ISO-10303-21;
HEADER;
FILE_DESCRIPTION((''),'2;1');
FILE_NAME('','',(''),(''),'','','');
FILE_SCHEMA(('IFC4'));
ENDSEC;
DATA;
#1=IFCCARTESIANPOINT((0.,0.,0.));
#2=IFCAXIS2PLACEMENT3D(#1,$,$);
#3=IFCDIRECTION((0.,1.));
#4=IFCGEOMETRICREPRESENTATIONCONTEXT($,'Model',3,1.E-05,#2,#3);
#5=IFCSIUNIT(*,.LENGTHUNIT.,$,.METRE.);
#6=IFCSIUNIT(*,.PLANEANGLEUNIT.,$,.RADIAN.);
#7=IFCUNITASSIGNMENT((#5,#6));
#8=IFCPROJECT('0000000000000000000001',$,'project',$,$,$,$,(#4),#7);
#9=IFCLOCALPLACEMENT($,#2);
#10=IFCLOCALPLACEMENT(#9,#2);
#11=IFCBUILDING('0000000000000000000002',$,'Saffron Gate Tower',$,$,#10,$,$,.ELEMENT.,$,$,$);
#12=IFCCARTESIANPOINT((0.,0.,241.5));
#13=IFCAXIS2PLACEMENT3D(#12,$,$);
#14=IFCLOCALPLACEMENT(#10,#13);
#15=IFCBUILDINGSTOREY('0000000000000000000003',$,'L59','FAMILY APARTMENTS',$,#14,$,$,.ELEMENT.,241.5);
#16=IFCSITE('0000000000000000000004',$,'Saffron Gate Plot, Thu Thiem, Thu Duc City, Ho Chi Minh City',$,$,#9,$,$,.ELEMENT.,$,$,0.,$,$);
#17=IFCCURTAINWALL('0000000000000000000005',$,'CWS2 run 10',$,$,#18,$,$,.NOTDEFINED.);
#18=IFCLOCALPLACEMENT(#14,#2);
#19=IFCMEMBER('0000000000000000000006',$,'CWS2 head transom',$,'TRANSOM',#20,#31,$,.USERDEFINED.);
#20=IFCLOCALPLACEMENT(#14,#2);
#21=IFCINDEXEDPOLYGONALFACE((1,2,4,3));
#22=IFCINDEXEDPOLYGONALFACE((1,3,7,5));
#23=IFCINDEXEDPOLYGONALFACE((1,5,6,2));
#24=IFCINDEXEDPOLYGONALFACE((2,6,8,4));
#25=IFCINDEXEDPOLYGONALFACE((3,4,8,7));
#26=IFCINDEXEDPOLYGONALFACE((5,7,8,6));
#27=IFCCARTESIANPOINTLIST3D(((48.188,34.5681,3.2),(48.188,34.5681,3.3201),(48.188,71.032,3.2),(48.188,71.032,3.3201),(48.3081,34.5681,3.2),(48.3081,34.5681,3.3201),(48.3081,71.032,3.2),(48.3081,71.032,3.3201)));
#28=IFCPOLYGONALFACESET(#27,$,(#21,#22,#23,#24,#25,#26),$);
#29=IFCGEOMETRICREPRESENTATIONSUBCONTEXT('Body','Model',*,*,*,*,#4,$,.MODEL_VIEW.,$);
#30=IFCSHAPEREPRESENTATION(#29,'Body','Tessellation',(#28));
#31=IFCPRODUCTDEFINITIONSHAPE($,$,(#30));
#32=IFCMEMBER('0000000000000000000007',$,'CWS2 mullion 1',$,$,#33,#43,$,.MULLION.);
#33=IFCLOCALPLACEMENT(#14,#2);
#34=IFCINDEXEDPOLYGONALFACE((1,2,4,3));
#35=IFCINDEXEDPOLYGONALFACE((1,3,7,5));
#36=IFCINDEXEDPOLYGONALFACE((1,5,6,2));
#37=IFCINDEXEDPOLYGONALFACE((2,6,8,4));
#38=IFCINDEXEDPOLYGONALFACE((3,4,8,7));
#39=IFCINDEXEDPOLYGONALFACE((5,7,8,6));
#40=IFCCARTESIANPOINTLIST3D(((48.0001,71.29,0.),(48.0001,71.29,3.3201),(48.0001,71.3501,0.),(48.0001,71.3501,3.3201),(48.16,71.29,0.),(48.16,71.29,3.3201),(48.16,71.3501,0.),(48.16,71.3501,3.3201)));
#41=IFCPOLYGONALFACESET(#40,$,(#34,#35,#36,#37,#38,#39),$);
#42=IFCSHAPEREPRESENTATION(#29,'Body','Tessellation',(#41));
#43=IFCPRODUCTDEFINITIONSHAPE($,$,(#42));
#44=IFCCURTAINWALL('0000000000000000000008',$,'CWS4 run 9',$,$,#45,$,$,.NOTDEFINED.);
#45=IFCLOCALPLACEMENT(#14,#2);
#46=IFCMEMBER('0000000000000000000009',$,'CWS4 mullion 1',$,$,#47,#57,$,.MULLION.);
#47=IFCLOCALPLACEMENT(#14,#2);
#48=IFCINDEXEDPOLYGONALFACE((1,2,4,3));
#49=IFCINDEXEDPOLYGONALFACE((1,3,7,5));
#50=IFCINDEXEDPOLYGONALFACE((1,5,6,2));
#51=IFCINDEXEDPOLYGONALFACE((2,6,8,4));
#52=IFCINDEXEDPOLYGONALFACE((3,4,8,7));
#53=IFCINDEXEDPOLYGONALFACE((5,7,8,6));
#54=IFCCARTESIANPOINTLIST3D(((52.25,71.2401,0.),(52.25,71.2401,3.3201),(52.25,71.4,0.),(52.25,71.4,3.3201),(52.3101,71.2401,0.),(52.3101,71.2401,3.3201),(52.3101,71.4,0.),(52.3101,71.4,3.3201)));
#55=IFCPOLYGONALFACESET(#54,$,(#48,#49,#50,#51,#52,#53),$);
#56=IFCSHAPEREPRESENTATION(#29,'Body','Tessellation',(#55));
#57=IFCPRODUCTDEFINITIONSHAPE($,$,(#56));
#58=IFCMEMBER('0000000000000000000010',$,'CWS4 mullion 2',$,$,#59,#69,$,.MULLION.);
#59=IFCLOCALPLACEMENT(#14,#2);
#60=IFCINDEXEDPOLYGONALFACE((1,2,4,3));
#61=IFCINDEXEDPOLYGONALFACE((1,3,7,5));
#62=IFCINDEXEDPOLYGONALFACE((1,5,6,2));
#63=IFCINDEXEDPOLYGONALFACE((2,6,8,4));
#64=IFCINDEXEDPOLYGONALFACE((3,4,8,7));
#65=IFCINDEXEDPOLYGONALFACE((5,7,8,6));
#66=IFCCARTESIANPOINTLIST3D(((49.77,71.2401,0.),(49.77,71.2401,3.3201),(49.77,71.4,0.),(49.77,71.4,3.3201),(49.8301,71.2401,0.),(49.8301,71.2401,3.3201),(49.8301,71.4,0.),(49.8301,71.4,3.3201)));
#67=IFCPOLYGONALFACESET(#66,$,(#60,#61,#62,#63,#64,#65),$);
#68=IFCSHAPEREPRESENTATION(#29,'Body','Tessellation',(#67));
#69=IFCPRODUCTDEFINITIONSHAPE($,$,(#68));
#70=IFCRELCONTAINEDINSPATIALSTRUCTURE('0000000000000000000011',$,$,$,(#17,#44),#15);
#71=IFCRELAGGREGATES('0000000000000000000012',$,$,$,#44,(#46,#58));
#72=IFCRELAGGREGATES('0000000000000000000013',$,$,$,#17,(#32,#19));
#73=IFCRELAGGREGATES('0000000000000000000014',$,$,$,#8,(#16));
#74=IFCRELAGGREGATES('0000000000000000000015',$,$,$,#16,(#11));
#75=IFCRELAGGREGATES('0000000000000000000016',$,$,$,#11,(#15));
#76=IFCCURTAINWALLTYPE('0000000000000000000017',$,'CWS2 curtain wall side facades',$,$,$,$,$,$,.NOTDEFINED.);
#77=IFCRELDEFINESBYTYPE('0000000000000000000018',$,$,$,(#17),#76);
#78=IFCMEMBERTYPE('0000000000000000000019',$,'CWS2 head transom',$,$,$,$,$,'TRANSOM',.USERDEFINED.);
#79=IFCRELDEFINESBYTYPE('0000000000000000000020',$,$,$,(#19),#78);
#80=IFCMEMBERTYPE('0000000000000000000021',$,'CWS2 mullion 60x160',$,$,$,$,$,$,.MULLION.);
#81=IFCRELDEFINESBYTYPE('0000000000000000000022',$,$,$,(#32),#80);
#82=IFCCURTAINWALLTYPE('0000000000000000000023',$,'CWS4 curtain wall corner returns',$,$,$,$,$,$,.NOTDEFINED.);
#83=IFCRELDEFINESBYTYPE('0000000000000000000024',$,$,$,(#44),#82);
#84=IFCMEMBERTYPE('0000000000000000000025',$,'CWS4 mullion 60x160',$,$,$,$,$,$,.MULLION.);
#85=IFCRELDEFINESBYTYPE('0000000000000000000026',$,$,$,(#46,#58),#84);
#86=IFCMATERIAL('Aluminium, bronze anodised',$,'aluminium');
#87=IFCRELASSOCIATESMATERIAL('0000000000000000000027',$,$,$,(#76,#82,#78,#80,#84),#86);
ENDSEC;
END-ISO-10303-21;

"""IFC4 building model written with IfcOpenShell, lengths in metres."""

from ifc_helpers import new_model, si_unit, direction, frame, origin, origin_2d, place, context, subcontext, project, spatial, rectangle, extrude, material, material_profile, profile_set, type_object, element, aggregate, save


model = new_model("IFC4")

# Units and contexts
model_context = context("Model", 3, precision=1e-05, world=origin(), true_north=direction((0.0, 1.0)))
body_context = subcontext(model_context, "Body", "Model", "MODEL_VIEW")
ifc_project = project(units=[si_unit("LENGTHUNIT", "METRE"), si_unit("PLANEANGLEUNIT", "RADIAN")], contexts=[model_context])

# Site, building, storey
site_placement = place(None, origin())
site = spatial("IfcSite", under=ifc_project, at=site_placement, Name="Saffron Gate Plot, Thu Thiem, Thu Duc City, Ho Chi Minh City", CompositionType="ELEMENT", RefElevation=0.0)
building_placement = place(site_placement, origin())
building = spatial("IfcBuilding", under=site, at=building_placement, Name="Saffron Gate Tower", CompositionType="ELEMENT")
storey_placement = place(building_placement, frame((0.0, 0.0, 241.5)))
storey = spatial("IfcBuildingStorey", under=building, at=storey_placement, Name="L59", Description="FAMILY APARTMENTS", CompositionType="ELEMENT", Elevation=241.5)

# Curtain walls, members
ifc_material_1 = material(Name="Aluminium, bronze anodised", Category="aluminium")
curtain_wall_type_1 = type_object("IfcCurtainWallType", Name="CWS2 curtain wall side facades", PredefinedType="NOTDEFINED", material=ifc_material_1)
curtain_wall_1_placement = place(storey_placement, origin())
curtain_wall_1 = element("IfcCurtainWall", 1, at=curtain_wall_1_placement, inside=storey, type_object=curtain_wall_type_1, Name="CWS2 run 10", PredefinedType="NOTDEFINED")
ifc_material_profile_1 = material_profile(ifc_material_1, rectangle(XDim=0.1201, YDim=0.1201, at=origin_2d()))
ifc_profile_set_1 = profile_set([ifc_material_profile_1], Name="Aluminium, bronze anodised")
member_type_1 = type_object("IfcMemberType", Name="CWS2 head transom", ElementType="TRANSOM", PredefinedType="USERDEFINED", material=ifc_profile_set_1)
member_1_placement = place(storey_placement, frame((48.248, 71.032, 3.26), z_axis=(0.0, -1.0, 0.0), x_axis=(1.0, 0.0, 0.0)))
member_1 = element("IfcMember", 2, at=member_1_placement, type_object=member_type_1, Name="CWS2 head transom", ObjectType="TRANSOM", PredefinedType="USERDEFINED", context=body_context, shape_type="SweptSolid", body=[
    extrude(rectangle(XDim=0.1201, YDim=0.1201, at=origin_2d()), origin(), (0.0, 0.0, 1.0), 36.4639),
])
ifc_material_profile_2 = material_profile(ifc_material_1, rectangle(XDim=0.1599, YDim=0.0601, at=origin_2d()))
ifc_profile_set_2 = profile_set([ifc_material_profile_2], Name="Aluminium, bronze anodised")
member_type_2 = type_object("IfcMemberType", Name="CWS2 mullion 60x160", PredefinedType="MULLION", material=ifc_profile_set_2)
member_2_placement = place(storey_placement, frame((48.0801, 71.3201, 0.0), z_axis=(0.0, 0.0, 1.0), x_axis=(1.0, 0.0, 0.0)))
member_2 = element("IfcMember", 3, at=member_2_placement, type_object=member_type_2, Name="CWS2 mullion 1", PredefinedType="MULLION", context=body_context, shape_type="SweptSolid", body=[
    extrude(rectangle(XDim=0.1599, YDim=0.0601, at=origin_2d()), origin(), (0.0, 0.0, 1.0), 3.3201),
])
curtain_wall_type_2 = type_object("IfcCurtainWallType", Name="CWS4 curtain wall corner returns", PredefinedType="NOTDEFINED", material=ifc_material_1)
curtain_wall_2_placement = place(storey_placement, origin())
curtain_wall_2 = element("IfcCurtainWall", 4, at=curtain_wall_2_placement, inside=storey, type_object=curtain_wall_type_2, Name="CWS4 run 9", PredefinedType="NOTDEFINED")
ifc_material_profile_3 = material_profile(ifc_material_1, rectangle(XDim=0.1599, YDim=0.0601, at=origin_2d()))
ifc_profile_set_3 = profile_set([ifc_material_profile_3], Name="Aluminium, bronze anodised")
member_type_3 = type_object("IfcMemberType", Name="CWS4 mullion 60x160", PredefinedType="MULLION", material=ifc_profile_set_3)
member_3_placement = place(storey_placement, frame((52.28, 71.3201, 0.0), z_axis=(0.0, 0.0, 1.0), x_axis=(0.0, -1.0, 0.0)))
member_3 = element("IfcMember", 5, at=member_3_placement, type_object=member_type_3, Name="CWS4 mullion 1", PredefinedType="MULLION", context=body_context, shape_type="SweptSolid", body=[
    extrude(rectangle(XDim=0.1599, YDim=0.0601, at=origin_2d()), origin(), (0.0, 0.0, 1.0), 3.3201),
])
member_4_placement = place(storey_placement, frame((49.8, 71.3201, 0.0), z_axis=(0.0, 0.0, 1.0), x_axis=(0.0, -1.0, 0.0)))
member_4 = element("IfcMember", 6, at=member_4_placement, type_object=member_type_3, Name="CWS4 mullion 2", PredefinedType="MULLION", context=body_context, shape_type="SweptSolid", body=[
    extrude(rectangle(XDim=0.1599, YDim=0.0601, at=origin_2d()), origin(), (0.0, 0.0, 1.0), 3.3201),
])
aggregate(curtain_wall_2, [member_3, member_4])

aggregate(curtain_wall_1, [member_2, member_1])

save(model, "model.ifc")
